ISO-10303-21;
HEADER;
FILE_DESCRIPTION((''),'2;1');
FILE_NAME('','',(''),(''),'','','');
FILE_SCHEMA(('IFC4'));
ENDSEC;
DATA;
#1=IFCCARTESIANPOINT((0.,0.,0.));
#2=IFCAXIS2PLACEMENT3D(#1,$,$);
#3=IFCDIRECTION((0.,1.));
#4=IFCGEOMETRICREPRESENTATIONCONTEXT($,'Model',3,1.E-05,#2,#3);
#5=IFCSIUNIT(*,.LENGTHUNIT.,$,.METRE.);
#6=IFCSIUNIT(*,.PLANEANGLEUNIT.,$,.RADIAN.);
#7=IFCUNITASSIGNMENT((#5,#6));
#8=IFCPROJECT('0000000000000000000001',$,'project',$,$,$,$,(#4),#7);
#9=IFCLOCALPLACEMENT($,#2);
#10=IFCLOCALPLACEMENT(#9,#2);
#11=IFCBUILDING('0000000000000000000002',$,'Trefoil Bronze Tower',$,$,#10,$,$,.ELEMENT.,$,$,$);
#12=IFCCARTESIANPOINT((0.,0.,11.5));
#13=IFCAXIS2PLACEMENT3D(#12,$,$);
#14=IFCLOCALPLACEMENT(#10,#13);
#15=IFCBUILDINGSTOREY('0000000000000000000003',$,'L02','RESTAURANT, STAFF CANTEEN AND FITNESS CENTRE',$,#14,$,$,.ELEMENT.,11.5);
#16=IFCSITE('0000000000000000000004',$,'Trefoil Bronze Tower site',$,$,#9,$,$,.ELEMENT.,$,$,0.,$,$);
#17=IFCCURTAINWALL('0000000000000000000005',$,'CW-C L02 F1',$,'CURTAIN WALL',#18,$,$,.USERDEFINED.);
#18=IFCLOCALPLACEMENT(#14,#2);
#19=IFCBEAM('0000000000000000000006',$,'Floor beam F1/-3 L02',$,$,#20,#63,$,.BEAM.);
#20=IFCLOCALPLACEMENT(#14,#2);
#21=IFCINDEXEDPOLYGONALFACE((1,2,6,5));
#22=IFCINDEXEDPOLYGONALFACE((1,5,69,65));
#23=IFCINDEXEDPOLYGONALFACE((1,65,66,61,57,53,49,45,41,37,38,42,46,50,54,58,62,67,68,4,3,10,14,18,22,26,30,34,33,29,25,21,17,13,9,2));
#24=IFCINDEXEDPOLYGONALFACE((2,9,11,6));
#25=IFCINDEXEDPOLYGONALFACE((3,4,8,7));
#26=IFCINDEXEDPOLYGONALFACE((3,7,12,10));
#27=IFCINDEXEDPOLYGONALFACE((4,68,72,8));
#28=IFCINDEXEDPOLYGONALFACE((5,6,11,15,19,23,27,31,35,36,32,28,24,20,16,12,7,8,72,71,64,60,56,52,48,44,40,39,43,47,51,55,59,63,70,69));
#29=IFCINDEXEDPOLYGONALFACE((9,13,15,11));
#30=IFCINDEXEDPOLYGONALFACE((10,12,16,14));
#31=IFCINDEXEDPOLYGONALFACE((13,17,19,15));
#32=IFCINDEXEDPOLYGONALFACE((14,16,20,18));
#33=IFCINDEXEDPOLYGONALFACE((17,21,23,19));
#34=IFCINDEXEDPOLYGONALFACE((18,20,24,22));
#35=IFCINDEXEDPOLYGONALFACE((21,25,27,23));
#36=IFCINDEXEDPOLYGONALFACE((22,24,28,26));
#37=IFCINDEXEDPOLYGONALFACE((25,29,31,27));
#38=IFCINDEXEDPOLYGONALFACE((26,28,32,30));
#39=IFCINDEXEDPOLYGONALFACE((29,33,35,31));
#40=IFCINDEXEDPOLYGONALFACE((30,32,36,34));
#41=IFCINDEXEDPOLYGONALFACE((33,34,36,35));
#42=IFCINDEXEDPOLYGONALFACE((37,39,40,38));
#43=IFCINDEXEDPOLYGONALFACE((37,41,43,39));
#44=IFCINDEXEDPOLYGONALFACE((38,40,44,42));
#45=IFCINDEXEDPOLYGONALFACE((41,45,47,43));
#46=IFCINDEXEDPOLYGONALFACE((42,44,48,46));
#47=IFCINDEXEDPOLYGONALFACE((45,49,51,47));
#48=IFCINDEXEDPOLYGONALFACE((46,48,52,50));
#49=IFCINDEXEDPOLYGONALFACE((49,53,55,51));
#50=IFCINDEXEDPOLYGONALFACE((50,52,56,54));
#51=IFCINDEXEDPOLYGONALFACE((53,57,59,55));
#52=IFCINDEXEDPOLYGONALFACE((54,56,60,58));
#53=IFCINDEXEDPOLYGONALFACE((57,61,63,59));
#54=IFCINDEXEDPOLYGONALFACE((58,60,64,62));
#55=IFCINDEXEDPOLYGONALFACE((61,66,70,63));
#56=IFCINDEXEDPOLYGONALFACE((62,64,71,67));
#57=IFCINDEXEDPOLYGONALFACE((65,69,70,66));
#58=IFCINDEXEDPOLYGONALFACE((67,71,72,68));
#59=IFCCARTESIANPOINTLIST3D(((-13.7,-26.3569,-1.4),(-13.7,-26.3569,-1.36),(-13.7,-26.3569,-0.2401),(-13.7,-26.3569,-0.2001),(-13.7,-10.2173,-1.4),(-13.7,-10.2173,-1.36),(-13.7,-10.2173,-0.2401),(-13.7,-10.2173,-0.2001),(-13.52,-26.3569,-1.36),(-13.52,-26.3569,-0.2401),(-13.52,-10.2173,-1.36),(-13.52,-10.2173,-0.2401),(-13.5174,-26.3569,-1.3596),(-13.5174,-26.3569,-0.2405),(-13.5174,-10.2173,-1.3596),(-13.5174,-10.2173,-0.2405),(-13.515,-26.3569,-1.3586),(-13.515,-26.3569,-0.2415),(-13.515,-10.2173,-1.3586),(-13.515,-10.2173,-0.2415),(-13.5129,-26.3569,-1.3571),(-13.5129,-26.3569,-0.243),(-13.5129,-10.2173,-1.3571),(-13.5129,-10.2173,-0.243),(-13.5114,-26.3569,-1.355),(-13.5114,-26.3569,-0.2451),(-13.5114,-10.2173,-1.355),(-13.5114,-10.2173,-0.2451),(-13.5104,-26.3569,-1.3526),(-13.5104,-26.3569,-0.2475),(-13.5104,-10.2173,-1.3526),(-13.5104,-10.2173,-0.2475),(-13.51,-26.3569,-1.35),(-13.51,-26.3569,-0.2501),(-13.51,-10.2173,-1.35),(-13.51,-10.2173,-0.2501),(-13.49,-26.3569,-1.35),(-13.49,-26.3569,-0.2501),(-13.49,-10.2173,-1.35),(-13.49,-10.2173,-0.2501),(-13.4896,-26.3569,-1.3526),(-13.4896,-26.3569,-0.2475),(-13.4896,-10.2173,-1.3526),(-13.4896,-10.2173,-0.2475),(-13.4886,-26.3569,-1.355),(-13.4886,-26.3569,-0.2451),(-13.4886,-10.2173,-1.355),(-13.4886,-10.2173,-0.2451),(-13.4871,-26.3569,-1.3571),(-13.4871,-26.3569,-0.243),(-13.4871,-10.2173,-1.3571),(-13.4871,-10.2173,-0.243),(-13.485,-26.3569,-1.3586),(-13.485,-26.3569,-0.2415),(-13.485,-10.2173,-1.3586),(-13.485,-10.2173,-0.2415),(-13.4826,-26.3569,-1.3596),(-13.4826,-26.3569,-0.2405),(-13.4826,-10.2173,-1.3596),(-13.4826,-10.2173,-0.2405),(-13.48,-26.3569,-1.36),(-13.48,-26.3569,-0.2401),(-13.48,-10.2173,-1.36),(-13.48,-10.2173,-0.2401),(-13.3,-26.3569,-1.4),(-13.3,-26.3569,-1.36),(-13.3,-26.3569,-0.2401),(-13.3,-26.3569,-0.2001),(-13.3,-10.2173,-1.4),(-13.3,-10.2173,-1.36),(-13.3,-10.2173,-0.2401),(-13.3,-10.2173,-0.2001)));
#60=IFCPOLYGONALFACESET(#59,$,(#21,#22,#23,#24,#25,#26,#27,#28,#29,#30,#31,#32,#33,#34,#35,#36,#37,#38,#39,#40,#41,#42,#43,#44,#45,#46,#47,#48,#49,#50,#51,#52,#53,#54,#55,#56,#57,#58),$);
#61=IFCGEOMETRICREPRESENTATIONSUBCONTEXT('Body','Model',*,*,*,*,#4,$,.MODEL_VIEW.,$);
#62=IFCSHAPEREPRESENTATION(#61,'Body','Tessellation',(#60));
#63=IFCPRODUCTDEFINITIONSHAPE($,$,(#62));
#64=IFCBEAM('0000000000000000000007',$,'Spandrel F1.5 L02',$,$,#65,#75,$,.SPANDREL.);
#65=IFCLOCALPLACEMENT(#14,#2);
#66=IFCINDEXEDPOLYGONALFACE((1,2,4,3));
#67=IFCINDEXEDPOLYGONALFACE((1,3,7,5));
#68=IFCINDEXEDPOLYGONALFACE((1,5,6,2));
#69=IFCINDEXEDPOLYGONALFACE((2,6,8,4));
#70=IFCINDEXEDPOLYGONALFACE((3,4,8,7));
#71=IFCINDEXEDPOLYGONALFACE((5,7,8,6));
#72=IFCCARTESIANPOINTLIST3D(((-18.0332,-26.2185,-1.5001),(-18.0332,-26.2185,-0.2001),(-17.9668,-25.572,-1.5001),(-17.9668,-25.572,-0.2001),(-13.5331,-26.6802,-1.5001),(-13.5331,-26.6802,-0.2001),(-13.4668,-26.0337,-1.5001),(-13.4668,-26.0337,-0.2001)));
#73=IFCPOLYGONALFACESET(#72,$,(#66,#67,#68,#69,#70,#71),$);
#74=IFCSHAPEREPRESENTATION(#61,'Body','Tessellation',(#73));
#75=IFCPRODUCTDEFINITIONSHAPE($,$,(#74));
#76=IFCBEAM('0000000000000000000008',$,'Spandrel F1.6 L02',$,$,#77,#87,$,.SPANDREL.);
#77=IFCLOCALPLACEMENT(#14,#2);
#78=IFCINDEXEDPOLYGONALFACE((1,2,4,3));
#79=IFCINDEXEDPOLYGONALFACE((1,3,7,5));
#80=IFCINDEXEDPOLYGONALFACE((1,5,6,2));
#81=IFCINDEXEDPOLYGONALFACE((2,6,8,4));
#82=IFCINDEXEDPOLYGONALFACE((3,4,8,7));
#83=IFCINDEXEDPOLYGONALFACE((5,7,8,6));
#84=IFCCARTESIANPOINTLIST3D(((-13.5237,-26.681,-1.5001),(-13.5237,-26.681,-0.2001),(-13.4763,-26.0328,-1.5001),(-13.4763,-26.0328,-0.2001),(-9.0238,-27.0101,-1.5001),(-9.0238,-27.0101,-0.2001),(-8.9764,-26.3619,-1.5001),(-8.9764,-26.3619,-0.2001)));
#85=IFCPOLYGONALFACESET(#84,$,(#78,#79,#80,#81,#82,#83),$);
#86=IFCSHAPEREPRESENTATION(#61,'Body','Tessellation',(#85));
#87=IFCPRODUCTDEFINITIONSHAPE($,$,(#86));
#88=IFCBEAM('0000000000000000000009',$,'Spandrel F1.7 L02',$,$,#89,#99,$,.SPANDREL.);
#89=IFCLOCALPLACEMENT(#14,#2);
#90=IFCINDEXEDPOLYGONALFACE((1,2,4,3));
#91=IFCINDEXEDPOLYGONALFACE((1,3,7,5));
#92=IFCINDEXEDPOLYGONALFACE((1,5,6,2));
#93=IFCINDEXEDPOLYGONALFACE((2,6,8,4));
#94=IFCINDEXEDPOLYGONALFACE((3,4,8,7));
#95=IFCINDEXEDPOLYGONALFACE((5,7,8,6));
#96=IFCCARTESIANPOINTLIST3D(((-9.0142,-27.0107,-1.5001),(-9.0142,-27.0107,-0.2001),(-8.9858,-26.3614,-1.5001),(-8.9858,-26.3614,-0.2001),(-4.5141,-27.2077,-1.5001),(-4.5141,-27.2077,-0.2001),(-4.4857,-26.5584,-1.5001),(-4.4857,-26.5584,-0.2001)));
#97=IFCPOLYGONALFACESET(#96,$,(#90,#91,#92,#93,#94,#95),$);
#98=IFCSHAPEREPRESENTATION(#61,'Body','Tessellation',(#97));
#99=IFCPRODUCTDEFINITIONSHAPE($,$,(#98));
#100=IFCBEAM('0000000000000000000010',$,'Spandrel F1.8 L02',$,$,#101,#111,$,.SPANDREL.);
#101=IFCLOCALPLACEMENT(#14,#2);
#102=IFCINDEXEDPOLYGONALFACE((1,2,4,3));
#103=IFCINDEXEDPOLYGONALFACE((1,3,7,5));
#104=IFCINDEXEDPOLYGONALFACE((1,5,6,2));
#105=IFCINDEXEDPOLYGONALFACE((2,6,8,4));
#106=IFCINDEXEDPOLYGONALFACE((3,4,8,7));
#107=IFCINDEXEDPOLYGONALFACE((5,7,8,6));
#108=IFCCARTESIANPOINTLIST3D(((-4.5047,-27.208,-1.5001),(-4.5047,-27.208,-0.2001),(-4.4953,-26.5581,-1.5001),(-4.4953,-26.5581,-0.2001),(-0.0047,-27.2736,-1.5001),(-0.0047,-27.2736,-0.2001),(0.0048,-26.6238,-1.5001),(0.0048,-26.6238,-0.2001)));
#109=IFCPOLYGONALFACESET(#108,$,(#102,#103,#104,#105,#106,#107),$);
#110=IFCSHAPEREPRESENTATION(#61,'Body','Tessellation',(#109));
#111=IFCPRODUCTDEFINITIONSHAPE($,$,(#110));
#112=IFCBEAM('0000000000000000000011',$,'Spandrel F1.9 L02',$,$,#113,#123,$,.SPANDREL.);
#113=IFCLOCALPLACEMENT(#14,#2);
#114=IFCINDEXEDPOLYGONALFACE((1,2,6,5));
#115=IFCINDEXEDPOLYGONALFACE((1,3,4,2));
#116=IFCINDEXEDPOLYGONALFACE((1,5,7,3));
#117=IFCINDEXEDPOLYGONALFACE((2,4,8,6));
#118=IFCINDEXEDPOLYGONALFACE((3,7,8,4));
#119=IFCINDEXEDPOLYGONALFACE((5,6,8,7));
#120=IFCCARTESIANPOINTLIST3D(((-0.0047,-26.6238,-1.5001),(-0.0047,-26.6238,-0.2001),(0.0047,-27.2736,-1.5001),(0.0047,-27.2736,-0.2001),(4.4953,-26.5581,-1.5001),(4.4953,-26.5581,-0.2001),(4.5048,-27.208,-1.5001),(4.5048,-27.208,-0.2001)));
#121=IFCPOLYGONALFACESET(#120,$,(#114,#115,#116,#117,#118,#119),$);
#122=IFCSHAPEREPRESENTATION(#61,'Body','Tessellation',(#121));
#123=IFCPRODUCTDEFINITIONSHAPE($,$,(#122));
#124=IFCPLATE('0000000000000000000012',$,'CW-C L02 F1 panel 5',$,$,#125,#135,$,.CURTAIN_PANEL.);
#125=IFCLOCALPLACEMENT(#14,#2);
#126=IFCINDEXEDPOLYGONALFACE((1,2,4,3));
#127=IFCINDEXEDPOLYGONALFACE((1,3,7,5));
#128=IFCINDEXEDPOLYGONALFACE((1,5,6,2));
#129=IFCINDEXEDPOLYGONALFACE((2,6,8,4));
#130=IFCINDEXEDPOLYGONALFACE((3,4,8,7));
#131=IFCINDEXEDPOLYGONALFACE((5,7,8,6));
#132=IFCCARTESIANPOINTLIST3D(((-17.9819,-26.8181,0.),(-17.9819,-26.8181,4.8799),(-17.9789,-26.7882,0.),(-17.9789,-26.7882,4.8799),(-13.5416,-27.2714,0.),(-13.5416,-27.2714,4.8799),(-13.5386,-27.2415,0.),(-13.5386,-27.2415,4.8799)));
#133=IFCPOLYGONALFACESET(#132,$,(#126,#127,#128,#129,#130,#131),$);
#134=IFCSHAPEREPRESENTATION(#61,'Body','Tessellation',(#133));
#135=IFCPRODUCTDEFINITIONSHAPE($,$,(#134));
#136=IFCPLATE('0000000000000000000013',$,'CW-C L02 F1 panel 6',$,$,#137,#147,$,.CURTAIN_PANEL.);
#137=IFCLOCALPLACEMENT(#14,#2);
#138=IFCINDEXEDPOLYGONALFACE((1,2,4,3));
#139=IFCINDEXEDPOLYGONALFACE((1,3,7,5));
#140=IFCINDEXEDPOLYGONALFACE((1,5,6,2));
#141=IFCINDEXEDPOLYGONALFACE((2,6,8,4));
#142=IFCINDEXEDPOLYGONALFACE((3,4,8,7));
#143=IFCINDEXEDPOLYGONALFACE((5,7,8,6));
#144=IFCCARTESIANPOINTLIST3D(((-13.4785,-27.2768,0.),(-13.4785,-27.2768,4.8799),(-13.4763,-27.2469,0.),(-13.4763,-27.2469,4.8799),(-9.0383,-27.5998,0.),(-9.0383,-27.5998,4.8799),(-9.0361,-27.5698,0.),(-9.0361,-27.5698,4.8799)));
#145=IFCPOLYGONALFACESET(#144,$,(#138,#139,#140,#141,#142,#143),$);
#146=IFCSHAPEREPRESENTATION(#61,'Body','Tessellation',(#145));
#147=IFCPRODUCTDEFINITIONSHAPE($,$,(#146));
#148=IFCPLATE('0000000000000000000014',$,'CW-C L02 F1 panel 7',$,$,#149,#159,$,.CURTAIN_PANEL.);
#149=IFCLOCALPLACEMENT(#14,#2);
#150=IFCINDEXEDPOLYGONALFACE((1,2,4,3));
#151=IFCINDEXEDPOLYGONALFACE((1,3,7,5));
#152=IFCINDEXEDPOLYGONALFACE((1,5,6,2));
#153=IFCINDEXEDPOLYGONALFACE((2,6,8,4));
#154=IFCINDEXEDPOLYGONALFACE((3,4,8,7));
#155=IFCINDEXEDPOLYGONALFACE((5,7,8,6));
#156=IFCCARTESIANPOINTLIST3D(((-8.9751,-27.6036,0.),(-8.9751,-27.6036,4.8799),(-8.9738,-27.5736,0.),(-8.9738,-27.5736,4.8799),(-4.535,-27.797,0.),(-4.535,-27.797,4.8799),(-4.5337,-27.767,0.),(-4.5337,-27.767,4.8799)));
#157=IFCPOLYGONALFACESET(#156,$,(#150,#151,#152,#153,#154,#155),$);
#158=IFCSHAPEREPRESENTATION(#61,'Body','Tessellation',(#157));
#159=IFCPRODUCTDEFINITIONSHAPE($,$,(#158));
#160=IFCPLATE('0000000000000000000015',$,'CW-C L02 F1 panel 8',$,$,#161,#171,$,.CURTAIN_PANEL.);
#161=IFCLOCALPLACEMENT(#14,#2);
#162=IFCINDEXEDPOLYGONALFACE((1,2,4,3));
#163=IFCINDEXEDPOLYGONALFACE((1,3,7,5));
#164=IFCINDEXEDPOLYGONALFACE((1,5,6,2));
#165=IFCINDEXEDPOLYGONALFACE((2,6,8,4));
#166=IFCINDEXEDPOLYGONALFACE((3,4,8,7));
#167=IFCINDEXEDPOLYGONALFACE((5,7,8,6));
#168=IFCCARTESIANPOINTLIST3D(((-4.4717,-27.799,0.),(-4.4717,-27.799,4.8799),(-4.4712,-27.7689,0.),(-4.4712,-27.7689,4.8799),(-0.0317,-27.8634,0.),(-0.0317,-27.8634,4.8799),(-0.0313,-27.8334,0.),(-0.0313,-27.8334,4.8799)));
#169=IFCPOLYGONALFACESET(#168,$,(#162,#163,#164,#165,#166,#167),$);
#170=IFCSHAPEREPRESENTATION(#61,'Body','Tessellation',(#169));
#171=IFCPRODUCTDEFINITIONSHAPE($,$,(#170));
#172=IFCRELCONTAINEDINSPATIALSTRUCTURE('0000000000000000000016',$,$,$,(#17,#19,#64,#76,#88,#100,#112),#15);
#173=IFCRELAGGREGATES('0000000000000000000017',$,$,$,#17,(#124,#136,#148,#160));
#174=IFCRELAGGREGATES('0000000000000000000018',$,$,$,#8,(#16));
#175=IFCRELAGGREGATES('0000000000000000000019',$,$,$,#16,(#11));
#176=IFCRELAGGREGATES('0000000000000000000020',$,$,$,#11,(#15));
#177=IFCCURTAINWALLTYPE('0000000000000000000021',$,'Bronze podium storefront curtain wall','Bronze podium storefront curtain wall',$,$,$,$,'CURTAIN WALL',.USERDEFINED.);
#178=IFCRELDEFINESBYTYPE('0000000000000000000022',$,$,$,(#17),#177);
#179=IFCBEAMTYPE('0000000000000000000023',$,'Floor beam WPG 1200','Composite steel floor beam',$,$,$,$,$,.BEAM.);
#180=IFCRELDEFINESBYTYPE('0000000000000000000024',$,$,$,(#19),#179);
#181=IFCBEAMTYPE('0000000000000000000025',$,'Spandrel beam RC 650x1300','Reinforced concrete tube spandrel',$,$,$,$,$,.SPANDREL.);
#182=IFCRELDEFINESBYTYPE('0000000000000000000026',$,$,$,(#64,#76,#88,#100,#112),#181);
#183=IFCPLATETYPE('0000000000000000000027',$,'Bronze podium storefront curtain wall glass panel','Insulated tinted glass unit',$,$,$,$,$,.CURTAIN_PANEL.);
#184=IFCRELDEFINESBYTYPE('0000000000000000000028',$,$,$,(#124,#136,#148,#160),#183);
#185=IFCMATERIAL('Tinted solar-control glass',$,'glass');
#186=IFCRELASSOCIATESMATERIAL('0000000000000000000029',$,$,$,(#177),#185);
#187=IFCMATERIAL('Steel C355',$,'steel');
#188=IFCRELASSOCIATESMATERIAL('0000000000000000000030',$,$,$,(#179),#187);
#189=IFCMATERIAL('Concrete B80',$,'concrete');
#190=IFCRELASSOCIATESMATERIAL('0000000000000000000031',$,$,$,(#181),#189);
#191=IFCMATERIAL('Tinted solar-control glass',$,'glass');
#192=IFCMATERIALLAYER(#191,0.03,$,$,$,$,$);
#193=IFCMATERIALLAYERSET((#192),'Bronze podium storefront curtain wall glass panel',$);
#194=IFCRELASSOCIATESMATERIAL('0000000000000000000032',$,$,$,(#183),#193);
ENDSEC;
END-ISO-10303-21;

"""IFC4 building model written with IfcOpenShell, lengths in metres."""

from ifc_helpers import new_model, si_unit, direction, frame, origin, origin_2d, place, context, subcontext, project, spatial, rectangle, i_section, extrude, material, layer, layer_set, material_profile, profile_set, type_object, element, aggregate, save


model = new_model("IFC4")

# Units and contexts
model_context = context("Model", 3, precision=1e-05, world=origin(), true_north=direction((0.0, 1.0)))
body_context = subcontext(model_context, "Body", "Model", "MODEL_VIEW")
ifc_project = project(units=[si_unit("LENGTHUNIT", "METRE"), si_unit("PLANEANGLEUNIT", "RADIAN")], contexts=[model_context])

# Site, building, storey
site_placement = place(None, origin())
site = spatial("IfcSite", under=ifc_project, at=site_placement, Name="Trefoil Bronze Tower site", CompositionType="ELEMENT", RefElevation=0.0)
building_placement = place(site_placement, origin())
building = spatial("IfcBuilding", under=site, at=building_placement, Name="Trefoil Bronze Tower", CompositionType="ELEMENT")
storey_placement = place(building_placement, frame((0.0, 0.0, 11.5)))
storey = spatial("IfcBuildingStorey", under=building, at=storey_placement, Name="L02", Description="RESTAURANT, STAFF CANTEEN AND FITNESS CENTRE", CompositionType="ELEMENT", Elevation=11.5)

# Curtain wall
ifc_material_1 = material(Name="Tinted solar-control glass", Category="glass")
curtain_wall_type = type_object("IfcCurtainWallType", Name="Bronze podium storefront curtain wall", Description="Bronze podium storefront curtain wall", ElementType="CURTAIN WALL", PredefinedType="USERDEFINED", material=ifc_material_1)
curtain_wall_placement = place(storey_placement, origin())
curtain_wall = element("IfcCurtainWall", 1, at=curtain_wall_placement, inside=storey, type_object=curtain_wall_type, Name="CW-C L02 F1", ObjectType="CURTAIN WALL", PredefinedType="USERDEFINED")

# Beams
ifc_material_2 = material(Name="Steel C355", Category="steel")
ifc_material_profile_1 = material_profile(ifc_material_2, i_section(OverallWidth=0.3999, OverallDepth=1.2, WebThickness=0.02, FlangeThickness=0.04, FilletRadius=0.01, at=origin_2d()), Name="WPG 1200")
ifc_profile_set_1 = profile_set([ifc_material_profile_1], Name="Steel C355")
beam_type_1 = type_object("IfcBeamType", Name="Floor beam WPG 1200", Description="Composite steel floor beam", PredefinedType="BEAM", material=ifc_profile_set_1)
beam_1_placement = place(storey_placement, frame((-13.5, -26.3569, -0.8), z_axis=(0.0, 1.0, 0.0), x_axis=(-1.0, 0.0, 0.0)))
element("IfcBeam", 2, at=beam_1_placement, inside=storey, type_object=beam_type_1, Name="Floor beam F1/-3 L02", PredefinedType="BEAM", context=body_context, shape_type="SweptSolid", body=[
    extrude(i_section(OverallWidth=0.3999, OverallDepth=1.2, WebThickness=0.02, FlangeThickness=0.04, FilletRadius=0.01, at=origin_2d()), origin(), (0.0, 0.0, 1.0), 16.1396),
])
ifc_material_3 = material(Name="Concrete B80", Category="concrete")
ifc_material_profile_2 = material_profile(ifc_material_3, rectangle(XDim=0.6499, YDim=1.3, at=origin_2d()), Name="RC 650x1300")
ifc_profile_set_2 = profile_set([ifc_material_profile_2], Name="Concrete B80")
beam_type_2 = type_object("IfcBeamType", Name="Spandrel beam RC 650x1300", Description="Reinforced concrete tube spandrel", PredefinedType="SPANDREL", material=ifc_profile_set_2)
beam_2_placement = place(storey_placement, frame((-18.0, -25.8953, -0.8501), z_axis=(0.994778, -0.102058, 0.0), x_axis=(0.102058, 0.994778, 0.0)))
element("IfcBeam", 3, at=beam_2_placement, inside=storey, type_object=beam_type_2, Name="Spandrel F1.5 L02", PredefinedType="SPANDREL", context=body_context, shape_type="SweptSolid", body=[
    extrude(rectangle(XDim=0.6499, YDim=1.3, at=origin_2d()), origin(), (0.0, 0.0, 1.0), 4.5237),
])
beam_3_placement = place(storey_placement, frame((-13.5, -26.3569, -0.8501), z_axis=(0.997336, -0.072939, 0.0), x_axis=(0.072939, 0.997336, 0.0)))
element("IfcBeam", 4, at=beam_3_placement, inside=storey, type_object=beam_type_2, Name="Spandrel F1.6 L02", PredefinedType="SPANDREL", context=body_context, shape_type="SweptSolid", body=[
    extrude(rectangle(XDim=0.6499, YDim=1.3, at=origin_2d()), origin(), (0.0, 0.0, 1.0), 4.512),
])
beam_4_placement = place(storey_placement, frame((-9.0, -26.686, -0.8501), z_axis=(0.999043, -0.043741, 0.0), x_axis=(0.043741, 0.999043, 0.0)))
element("IfcBeam", 5, at=beam_4_placement, inside=storey, type_object=beam_type_2, Name="Spandrel F1.7 L02", PredefinedType="SPANDREL", context=body_context, shape_type="SweptSolid", body=[
    extrude(rectangle(XDim=0.6499, YDim=1.3, at=origin_2d()), origin(), (0.0, 0.0, 1.0), 4.5044),
])
for number, where, z_axis, x_axis, name in (
    (6, (-4.5, -26.8831, -0.8501), (0.999894, -0.014593, 0.0), (0.014593, 0.999894, 0.0), "Spandrel F1.8 L02"),
    (7, (0.0, -26.9487, -0.8501), (0.999894, 0.014593, 0.0), (-0.014593, 0.999894, 0.0), "Spandrel F1.9 L02"),
):
    element("IfcBeam", number, at=place(storey_placement, frame(where, z_axis=z_axis, x_axis=x_axis)), inside=storey, type_object=beam_type_2, Name=name, PredefinedType="SPANDREL", context=body_context, shape_type="SweptSolid", body=[
        extrude(rectangle(XDim=0.6499, YDim=1.3, at=origin_2d()), origin(), (0.0, 0.0, 1.0), 4.5005),
    ])

# Plates
ifc_material_4 = material(Name="Tinted solar-control glass", Category="glass")
ifc_layer_1 = layer(ifc_material_4, 0.03)
ifc_layer_set_1 = layer_set([ifc_layer_1], Name="Bronze podium storefront curtain wall glass panel")
plate_type = type_object("IfcPlateType", Name="Bronze podium storefront curtain wall glass panel", Description="Insulated tinted glass unit", PredefinedType="CURTAIN_PANEL", material=ifc_layer_set_1)
plate_1_placement = place(storey_placement, frame((-15.7603, -27.0298, 0.0), z_axis=(0.0, 0.0, 1.0), x_axis=(0.994829, -0.101565, 0.0)))
plate_1 = element("IfcPlate", 8, at=plate_1_placement, type_object=plate_type, Name="CW-C L02 F1 panel 5", PredefinedType="CURTAIN_PANEL", context=body_context, shape_type="SweptSolid", body=[
    extrude(rectangle(XDim=4.4634, YDim=0.03, at=origin_2d()), origin(), (0.0, 0.0, 1.0), 4.8799),
])
plate_2_placement = place(storey_placement, frame((-11.2573, -27.4233, 0.0), z_axis=(0.0, 0.0, 1.0), x_axis=(0.997365, -0.072547, 0.0)))
plate_2 = element("IfcPlate", 9, at=plate_2_placement, type_object=plate_type, Name="CW-C L02 F1 panel 6", PredefinedType="CURTAIN_PANEL", context=body_context, shape_type="SweptSolid", body=[
    extrude(rectangle(XDim=4.4519, YDim=0.03, at=origin_2d()), origin(), (0.0, 0.0, 1.0), 4.8799),
])
plate_3_placement = place(storey_placement, frame((-6.7544, -27.6853, 0.0), z_axis=(0.0, 0.0, 1.0), x_axis=(0.999052, -0.043528, 0.0)))
plate_3 = element("IfcPlate", 10, at=plate_3_placement, type_object=plate_type, Name="CW-C L02 F1 panel 7", PredefinedType="CURTAIN_PANEL", context=body_context, shape_type="SweptSolid", body=[
    extrude(rectangle(XDim=4.4443, YDim=0.03, at=origin_2d()), origin(), (0.0, 0.0, 1.0), 4.8799),
])
plate_4_placement = place(storey_placement, frame((-2.2515, -27.8162, 0.0), z_axis=(0.0, 0.0, 1.0), x_axis=(0.999895, -0.014509, 0.0)))
plate_4 = element("IfcPlate", 11, at=plate_4_placement, type_object=plate_type, Name="CW-C L02 F1 panel 8", PredefinedType="CURTAIN_PANEL", context=body_context, shape_type="SweptSolid", body=[
    extrude(rectangle(XDim=4.4404, YDim=0.03, at=origin_2d()), origin(), (0.0, 0.0, 1.0), 4.8799),
])
aggregate(curtain_wall, [plate_1, plate_2, plate_3, plate_4])

save(model, "model.ifc")
